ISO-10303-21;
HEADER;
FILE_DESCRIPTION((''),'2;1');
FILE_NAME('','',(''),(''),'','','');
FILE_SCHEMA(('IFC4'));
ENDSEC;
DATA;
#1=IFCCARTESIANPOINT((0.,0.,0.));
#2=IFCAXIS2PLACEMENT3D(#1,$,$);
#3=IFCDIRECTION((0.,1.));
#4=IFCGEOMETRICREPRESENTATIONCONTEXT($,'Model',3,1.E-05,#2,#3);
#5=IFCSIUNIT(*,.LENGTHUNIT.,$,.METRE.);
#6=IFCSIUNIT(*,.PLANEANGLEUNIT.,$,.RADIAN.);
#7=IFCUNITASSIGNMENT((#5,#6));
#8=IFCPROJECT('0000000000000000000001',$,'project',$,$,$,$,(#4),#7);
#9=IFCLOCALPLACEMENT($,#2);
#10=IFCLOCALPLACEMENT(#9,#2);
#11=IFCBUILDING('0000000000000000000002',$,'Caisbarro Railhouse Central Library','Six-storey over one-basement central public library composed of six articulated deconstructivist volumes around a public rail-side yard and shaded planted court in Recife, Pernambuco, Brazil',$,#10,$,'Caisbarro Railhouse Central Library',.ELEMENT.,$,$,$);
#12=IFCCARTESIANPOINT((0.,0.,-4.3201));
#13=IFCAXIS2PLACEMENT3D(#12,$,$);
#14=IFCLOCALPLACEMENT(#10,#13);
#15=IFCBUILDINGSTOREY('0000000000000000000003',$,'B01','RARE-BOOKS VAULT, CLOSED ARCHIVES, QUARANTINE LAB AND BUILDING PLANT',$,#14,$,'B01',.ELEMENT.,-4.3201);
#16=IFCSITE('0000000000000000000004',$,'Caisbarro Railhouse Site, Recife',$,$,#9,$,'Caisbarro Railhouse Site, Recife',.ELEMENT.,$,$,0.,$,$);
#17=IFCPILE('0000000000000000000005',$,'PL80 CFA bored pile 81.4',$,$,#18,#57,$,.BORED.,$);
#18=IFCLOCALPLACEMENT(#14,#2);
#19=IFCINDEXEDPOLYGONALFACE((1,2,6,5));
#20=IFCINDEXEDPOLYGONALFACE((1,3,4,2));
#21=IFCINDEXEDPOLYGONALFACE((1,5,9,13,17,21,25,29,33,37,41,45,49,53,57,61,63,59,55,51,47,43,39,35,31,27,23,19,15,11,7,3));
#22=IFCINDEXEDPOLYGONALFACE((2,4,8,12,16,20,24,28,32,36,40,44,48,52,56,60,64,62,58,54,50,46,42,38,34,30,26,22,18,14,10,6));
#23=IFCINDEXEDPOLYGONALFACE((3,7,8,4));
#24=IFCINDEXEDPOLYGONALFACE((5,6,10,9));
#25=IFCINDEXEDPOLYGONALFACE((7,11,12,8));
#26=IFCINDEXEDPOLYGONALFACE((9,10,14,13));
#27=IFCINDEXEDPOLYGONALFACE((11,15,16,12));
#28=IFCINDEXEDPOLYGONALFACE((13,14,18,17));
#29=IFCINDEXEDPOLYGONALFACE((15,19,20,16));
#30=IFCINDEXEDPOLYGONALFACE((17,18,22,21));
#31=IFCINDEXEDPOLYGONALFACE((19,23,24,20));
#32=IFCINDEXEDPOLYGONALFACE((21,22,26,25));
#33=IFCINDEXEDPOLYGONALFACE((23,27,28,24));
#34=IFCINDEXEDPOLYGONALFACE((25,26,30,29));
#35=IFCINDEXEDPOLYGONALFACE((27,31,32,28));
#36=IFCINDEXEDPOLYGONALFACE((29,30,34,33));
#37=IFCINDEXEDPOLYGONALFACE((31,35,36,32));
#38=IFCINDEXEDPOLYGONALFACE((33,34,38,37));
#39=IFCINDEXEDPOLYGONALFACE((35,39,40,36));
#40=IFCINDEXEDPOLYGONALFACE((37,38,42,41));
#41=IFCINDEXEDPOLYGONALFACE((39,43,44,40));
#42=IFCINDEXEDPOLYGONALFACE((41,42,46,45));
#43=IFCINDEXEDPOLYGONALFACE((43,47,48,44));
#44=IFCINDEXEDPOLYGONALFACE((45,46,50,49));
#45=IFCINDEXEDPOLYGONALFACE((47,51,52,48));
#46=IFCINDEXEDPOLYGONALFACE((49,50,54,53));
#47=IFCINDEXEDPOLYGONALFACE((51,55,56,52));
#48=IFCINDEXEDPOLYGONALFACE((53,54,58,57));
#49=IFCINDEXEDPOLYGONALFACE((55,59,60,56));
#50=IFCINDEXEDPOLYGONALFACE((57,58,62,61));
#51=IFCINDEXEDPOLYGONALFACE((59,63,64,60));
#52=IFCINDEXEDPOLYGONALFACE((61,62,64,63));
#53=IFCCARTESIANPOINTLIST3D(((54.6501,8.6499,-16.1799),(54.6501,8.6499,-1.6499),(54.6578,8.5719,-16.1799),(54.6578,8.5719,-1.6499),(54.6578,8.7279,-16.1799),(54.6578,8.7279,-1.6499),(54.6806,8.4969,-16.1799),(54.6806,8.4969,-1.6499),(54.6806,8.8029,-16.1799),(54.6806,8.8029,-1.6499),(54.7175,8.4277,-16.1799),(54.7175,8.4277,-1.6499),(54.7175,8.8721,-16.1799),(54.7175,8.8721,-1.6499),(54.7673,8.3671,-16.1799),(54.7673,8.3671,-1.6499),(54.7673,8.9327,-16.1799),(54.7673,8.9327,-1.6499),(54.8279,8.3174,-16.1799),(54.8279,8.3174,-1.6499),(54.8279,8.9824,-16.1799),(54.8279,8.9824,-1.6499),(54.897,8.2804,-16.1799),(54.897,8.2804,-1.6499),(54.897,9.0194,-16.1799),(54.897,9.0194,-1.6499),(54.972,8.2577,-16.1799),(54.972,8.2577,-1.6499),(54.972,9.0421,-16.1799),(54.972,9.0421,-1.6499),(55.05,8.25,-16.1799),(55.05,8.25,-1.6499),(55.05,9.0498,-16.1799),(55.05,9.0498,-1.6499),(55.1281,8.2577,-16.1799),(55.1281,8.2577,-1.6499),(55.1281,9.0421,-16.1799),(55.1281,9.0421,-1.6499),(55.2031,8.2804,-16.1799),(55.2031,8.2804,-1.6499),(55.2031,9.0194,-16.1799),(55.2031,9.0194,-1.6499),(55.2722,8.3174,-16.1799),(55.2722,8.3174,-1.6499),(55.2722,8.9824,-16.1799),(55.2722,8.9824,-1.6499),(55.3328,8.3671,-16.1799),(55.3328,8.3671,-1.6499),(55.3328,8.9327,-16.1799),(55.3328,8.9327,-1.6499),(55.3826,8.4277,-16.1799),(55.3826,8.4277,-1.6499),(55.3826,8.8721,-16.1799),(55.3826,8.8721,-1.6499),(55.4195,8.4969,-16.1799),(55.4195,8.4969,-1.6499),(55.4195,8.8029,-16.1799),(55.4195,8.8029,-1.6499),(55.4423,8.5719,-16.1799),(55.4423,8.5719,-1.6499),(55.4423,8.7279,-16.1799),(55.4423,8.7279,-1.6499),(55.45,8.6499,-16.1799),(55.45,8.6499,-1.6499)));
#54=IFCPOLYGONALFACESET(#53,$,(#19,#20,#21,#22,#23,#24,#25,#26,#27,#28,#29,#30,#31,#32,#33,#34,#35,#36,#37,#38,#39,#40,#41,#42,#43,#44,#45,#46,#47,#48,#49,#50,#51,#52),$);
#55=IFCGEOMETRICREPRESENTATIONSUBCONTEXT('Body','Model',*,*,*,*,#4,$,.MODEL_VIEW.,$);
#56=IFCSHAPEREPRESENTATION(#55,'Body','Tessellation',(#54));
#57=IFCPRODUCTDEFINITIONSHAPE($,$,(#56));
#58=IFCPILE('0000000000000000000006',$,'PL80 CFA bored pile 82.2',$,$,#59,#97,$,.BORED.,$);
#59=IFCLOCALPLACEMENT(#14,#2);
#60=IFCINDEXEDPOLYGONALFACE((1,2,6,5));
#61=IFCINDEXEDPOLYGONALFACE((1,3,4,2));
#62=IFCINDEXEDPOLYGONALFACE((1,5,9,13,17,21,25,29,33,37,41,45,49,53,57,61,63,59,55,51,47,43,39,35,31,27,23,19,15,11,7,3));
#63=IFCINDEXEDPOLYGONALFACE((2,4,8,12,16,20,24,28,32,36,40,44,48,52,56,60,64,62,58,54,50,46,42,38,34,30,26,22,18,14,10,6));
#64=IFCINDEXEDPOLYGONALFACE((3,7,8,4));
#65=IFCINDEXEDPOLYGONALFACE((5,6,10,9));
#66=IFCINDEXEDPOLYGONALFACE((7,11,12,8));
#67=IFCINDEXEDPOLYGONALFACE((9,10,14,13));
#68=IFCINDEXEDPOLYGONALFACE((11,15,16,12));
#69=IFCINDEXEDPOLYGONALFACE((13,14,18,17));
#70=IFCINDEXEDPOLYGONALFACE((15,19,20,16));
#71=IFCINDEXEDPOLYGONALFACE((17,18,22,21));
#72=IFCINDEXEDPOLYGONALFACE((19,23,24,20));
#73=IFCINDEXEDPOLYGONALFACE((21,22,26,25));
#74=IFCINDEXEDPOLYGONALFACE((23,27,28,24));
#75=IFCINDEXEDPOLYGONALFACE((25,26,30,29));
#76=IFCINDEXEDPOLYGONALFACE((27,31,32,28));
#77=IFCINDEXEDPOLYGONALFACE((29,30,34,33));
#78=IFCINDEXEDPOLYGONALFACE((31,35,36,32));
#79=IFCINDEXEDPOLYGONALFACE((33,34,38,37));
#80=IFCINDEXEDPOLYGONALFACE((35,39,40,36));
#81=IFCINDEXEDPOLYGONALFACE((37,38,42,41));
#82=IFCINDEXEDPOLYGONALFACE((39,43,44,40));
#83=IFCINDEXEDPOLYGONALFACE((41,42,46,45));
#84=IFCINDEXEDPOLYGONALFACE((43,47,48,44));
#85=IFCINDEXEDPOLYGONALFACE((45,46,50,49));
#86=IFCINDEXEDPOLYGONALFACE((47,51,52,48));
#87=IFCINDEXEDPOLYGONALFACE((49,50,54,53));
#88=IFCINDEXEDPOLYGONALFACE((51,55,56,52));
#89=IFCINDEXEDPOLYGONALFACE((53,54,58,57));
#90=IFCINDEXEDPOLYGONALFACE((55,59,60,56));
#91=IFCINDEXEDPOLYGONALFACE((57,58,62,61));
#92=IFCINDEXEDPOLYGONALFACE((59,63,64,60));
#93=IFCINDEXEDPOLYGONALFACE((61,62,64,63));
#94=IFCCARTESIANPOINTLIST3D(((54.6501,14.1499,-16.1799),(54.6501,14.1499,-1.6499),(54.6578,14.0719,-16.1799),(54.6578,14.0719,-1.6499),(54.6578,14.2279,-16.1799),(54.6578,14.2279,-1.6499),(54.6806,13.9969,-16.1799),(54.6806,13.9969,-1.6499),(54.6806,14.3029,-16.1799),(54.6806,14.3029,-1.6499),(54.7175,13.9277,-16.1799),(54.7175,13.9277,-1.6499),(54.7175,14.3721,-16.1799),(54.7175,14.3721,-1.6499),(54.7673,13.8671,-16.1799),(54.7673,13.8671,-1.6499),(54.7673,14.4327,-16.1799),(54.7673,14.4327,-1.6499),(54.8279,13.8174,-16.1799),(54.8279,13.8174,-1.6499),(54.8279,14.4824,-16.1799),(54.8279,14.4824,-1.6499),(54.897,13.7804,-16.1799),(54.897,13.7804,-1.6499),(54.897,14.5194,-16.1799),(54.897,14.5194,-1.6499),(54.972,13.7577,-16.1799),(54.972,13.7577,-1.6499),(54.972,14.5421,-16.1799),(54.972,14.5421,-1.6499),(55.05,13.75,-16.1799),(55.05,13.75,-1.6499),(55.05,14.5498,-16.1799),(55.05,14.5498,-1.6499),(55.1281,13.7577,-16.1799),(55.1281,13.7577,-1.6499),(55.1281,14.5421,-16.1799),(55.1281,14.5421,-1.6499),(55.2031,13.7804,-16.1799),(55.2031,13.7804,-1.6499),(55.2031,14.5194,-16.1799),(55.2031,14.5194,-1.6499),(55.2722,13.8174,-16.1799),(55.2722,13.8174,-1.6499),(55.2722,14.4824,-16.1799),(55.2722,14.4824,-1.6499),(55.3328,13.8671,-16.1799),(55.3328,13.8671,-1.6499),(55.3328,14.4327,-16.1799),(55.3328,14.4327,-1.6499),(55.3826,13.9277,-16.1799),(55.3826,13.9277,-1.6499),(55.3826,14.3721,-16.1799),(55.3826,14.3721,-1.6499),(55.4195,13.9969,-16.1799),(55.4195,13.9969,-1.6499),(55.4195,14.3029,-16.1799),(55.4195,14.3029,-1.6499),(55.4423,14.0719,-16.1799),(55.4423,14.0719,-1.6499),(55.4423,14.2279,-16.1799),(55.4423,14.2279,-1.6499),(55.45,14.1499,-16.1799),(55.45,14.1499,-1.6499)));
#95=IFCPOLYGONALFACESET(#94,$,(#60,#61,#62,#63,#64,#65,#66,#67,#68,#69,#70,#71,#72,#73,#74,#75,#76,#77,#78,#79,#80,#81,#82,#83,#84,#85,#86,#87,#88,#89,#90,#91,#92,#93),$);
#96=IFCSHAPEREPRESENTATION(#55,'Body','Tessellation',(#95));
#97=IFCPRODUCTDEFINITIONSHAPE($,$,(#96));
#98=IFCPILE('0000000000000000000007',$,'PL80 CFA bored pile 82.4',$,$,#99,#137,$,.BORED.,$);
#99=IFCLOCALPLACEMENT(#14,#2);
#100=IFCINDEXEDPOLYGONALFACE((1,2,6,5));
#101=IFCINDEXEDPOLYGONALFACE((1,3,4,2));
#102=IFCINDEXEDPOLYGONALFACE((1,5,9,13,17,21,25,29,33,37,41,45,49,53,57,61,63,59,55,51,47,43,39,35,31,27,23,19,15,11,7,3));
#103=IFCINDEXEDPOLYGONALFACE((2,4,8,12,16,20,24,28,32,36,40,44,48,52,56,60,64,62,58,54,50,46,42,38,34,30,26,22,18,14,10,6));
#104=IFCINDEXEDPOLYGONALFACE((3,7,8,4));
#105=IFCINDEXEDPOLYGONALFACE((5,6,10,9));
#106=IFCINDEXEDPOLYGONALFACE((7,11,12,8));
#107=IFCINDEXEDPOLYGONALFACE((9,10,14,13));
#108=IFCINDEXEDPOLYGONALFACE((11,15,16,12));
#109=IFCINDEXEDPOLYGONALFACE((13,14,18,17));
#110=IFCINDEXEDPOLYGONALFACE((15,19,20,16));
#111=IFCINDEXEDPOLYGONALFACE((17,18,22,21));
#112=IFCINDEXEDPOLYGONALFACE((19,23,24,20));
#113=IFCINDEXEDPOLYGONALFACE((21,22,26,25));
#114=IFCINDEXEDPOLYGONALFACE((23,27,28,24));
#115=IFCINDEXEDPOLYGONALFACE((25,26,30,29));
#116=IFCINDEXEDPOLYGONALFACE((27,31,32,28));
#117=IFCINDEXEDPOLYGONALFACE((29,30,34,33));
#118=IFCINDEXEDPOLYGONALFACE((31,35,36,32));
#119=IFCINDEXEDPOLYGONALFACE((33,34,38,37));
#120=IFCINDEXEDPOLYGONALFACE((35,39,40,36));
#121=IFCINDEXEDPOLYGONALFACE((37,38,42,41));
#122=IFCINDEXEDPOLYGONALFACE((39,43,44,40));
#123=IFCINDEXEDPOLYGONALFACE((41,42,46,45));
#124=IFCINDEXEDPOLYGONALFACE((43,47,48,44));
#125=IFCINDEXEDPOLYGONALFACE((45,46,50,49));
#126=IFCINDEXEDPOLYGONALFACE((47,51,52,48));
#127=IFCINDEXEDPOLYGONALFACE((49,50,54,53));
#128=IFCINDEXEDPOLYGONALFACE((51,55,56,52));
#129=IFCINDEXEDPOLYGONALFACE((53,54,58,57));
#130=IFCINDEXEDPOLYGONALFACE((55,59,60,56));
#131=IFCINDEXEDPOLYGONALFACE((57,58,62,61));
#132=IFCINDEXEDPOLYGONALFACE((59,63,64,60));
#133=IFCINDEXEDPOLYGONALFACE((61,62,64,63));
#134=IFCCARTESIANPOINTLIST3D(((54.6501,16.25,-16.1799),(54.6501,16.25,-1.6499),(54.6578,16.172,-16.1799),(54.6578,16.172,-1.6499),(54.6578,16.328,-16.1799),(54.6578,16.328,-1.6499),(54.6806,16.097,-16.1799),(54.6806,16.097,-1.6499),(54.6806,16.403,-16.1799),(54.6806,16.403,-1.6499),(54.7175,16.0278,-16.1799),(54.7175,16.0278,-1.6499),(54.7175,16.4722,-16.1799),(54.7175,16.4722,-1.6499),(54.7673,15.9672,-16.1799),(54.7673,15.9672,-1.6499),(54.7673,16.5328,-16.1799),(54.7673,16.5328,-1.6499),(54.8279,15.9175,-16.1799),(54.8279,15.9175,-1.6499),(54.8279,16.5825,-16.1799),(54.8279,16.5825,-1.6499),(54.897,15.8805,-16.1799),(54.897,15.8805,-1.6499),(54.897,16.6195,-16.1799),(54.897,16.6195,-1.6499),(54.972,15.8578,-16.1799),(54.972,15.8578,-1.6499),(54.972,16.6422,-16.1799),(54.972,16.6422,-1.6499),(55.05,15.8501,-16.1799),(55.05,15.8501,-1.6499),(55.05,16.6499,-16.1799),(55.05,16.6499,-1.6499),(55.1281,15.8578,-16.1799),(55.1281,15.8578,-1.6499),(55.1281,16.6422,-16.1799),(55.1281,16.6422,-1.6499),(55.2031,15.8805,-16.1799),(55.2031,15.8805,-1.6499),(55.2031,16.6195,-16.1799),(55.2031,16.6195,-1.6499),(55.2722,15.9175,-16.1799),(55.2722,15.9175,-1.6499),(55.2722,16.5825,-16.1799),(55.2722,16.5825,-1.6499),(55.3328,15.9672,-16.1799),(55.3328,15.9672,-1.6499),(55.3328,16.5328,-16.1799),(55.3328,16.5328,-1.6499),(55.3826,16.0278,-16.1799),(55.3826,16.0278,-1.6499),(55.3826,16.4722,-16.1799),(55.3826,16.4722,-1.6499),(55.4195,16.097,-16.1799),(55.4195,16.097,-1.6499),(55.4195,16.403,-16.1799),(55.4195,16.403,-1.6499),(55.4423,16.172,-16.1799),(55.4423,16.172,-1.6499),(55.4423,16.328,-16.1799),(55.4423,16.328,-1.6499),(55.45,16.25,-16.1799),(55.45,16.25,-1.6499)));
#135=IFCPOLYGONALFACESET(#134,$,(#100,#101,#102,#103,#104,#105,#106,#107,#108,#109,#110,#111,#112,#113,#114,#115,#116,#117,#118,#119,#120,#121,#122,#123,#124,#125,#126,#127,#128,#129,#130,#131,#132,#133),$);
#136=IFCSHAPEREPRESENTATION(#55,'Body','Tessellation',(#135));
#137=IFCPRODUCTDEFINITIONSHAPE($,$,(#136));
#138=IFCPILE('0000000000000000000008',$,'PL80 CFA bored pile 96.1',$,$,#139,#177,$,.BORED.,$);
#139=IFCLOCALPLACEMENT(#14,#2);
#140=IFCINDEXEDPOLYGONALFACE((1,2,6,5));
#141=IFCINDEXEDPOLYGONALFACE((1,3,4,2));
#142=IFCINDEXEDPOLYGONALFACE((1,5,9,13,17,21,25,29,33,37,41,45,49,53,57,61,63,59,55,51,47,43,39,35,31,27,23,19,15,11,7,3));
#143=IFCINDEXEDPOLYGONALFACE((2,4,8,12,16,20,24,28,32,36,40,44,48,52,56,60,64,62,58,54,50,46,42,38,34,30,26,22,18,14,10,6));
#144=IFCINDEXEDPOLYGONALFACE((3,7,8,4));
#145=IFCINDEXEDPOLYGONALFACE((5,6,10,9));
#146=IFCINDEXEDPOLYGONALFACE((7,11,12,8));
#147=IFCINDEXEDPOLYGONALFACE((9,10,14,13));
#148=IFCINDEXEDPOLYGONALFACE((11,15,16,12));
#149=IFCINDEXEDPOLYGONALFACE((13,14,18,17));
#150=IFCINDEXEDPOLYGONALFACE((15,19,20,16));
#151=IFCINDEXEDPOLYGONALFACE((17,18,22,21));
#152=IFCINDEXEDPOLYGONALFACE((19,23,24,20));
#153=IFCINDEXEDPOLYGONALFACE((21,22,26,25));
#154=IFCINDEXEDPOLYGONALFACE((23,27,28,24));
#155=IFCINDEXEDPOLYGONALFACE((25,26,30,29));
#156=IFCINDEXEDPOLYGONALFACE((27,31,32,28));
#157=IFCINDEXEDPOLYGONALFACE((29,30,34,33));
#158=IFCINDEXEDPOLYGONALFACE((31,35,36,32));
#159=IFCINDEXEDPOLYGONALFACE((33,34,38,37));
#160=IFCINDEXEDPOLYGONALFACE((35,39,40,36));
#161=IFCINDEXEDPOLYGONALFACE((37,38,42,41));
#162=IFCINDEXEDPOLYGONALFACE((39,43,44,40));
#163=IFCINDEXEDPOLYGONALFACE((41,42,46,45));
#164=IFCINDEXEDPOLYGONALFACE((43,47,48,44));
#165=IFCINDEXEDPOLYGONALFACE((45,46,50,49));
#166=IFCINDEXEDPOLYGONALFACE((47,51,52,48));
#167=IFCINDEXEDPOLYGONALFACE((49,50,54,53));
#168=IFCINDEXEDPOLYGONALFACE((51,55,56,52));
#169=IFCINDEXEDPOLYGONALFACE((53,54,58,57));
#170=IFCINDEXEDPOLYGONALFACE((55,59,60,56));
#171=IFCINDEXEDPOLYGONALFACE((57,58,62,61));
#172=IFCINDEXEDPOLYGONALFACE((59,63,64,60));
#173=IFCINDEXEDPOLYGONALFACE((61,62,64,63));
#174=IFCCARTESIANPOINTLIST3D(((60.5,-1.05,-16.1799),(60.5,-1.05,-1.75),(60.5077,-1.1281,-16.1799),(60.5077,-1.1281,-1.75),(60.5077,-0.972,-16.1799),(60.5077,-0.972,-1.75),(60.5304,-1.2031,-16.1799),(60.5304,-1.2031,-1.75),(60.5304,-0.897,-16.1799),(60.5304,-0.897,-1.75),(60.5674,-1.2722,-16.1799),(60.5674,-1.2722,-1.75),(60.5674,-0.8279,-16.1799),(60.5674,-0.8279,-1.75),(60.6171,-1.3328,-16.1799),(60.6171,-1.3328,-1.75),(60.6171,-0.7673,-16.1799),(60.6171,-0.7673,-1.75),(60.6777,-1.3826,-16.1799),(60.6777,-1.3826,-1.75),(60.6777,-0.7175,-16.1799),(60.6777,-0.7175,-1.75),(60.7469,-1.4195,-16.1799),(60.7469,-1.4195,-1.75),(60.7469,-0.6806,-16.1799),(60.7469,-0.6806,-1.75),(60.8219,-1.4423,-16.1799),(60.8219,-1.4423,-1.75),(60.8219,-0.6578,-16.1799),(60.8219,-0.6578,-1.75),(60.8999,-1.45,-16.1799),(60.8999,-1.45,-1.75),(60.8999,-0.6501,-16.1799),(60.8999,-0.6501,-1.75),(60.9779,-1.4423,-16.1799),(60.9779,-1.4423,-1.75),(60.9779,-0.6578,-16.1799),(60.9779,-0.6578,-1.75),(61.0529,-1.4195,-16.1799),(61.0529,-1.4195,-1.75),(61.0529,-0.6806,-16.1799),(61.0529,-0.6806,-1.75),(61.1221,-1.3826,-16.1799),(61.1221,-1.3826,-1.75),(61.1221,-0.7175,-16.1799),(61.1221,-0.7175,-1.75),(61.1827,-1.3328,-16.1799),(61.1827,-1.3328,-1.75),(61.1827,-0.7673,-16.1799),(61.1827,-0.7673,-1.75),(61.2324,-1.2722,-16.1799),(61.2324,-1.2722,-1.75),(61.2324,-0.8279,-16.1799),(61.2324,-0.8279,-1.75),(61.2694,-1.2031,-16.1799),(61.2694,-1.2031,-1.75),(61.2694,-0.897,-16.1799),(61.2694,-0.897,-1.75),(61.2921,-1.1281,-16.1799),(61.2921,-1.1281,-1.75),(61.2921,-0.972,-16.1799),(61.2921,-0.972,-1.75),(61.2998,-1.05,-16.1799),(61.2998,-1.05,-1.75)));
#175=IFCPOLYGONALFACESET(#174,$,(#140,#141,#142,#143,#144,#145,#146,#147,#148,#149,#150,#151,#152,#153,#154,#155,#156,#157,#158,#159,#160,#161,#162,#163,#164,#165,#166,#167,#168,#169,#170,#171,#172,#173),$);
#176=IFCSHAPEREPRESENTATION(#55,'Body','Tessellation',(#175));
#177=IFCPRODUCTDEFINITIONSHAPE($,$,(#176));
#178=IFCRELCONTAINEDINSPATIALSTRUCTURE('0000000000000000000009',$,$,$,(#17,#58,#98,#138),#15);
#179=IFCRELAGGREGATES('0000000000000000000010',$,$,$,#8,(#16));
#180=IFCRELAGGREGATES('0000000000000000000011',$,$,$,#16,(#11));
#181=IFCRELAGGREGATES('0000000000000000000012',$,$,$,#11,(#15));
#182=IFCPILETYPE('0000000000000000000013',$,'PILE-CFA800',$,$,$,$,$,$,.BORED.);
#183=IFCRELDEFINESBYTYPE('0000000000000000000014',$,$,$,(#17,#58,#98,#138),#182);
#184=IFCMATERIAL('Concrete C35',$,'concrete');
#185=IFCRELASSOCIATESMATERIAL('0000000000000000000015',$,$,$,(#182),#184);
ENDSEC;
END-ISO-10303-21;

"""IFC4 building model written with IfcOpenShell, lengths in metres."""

from ifc_helpers import new_model, si_unit, direction, frame, origin, origin_2d, place, context, subcontext, project, spatial, circle, extrude, material, material_profile, profile_set, type_object, element, save


model = new_model("IFC4")

# Units and contexts
model_context = context("Model", 3, precision=1e-05, world=origin(), true_north=direction((0.0, 1.0)))
body_context = subcontext(model_context, "Body", "Model", "MODEL_VIEW")
ifc_project = project(units=[si_unit("LENGTHUNIT", "METRE"), si_unit("PLANEANGLEUNIT", "RADIAN")], contexts=[model_context])

# Site, building, storey
site_placement = place(None, origin())
site = spatial("IfcSite", under=ifc_project, at=site_placement, Name="Caisbarro Railhouse Site, Recife", LongName="Caisbarro Railhouse Site, Recife", CompositionType="ELEMENT", RefElevation=0.0)
building_placement = place(site_placement, origin())
building = spatial("IfcBuilding", under=site, at=building_placement, Name="Caisbarro Railhouse Central Library", Description="Six-storey over one-basement central public library composed of six articulated deconstructivist volumes around a public rail-side yard and shaded planted court in Recife, Pernambuco, Brazil", LongName="Caisbarro Railhouse Central Library", CompositionType="ELEMENT")
storey_placement = place(building_placement, frame((0.0, 0.0, -4.3201)))
storey = spatial("IfcBuildingStorey", under=building, at=storey_placement, Name="B01", Description="RARE-BOOKS VAULT, CLOSED ARCHIVES, QUARANTINE LAB AND BUILDING PLANT", LongName="B01", CompositionType="ELEMENT", Elevation=-4.3201)

# Piles
ifc_material_1 = material(Name="Concrete C35", Category="concrete")
ifc_material_profile_1 = material_profile(ifc_material_1, circle(Radius=0.3999, at=origin_2d()), Name="PILE-CFA-800")
ifc_profile_set_1 = profile_set([ifc_material_profile_1], Name="Concrete C35")
pile_type = type_object("IfcPileType", Name="PILE-CFA800", PredefinedType="BORED", material=ifc_profile_set_1)
for number, where, z_axis, x_axis, name in (
    (1, (55.05, 8.6499, -1.6499), (0.0, 0.0, -1.0), (1.0, 0.0, 0.0), "PL80 CFA bored pile 81.4"),
    (2, (55.05, 14.1499, -1.6499), (0.0, 0.0, -1.0), (1.0, 0.0, 0.0), "PL80 CFA bored pile 82.2"),
    (3, (55.05, 16.25, -1.6499), (0.0, 0.0, -1.0), (1.0, 0.0, 0.0), "PL80 CFA bored pile 82.4"),
):
    element("IfcPile", number, at=place(storey_placement, frame(where, z_axis=z_axis, x_axis=x_axis)), inside=storey, type_object=pile_type, Name=name, PredefinedType="BORED", context=body_context, shape_type="SweptSolid", body=[
        extrude(circle(Radius=0.3999, at=origin_2d()), origin(), (0.0, 0.0, 1.0), 14.53),
    ])
for number, where, z_axis, x_axis, name in (
    (4, (60.8999, -1.05, -1.75), (0.0, 0.0, -1.0), (1.0, 0.0, 0.0), "PL80 CFA bored pile 96.1"),
):
    element("IfcPile", number, at=place(storey_placement, frame(where, z_axis=z_axis, x_axis=x_axis)), inside=storey, type_object=pile_type, Name=name, PredefinedType="BORED", context=body_context, shape_type="SweptSolid", body=[
        extrude(circle(Radius=0.3999, at=origin_2d()), origin(), (0.0, 0.0, 1.0), 14.4299),
    ])

save(model, "model.ifc")
